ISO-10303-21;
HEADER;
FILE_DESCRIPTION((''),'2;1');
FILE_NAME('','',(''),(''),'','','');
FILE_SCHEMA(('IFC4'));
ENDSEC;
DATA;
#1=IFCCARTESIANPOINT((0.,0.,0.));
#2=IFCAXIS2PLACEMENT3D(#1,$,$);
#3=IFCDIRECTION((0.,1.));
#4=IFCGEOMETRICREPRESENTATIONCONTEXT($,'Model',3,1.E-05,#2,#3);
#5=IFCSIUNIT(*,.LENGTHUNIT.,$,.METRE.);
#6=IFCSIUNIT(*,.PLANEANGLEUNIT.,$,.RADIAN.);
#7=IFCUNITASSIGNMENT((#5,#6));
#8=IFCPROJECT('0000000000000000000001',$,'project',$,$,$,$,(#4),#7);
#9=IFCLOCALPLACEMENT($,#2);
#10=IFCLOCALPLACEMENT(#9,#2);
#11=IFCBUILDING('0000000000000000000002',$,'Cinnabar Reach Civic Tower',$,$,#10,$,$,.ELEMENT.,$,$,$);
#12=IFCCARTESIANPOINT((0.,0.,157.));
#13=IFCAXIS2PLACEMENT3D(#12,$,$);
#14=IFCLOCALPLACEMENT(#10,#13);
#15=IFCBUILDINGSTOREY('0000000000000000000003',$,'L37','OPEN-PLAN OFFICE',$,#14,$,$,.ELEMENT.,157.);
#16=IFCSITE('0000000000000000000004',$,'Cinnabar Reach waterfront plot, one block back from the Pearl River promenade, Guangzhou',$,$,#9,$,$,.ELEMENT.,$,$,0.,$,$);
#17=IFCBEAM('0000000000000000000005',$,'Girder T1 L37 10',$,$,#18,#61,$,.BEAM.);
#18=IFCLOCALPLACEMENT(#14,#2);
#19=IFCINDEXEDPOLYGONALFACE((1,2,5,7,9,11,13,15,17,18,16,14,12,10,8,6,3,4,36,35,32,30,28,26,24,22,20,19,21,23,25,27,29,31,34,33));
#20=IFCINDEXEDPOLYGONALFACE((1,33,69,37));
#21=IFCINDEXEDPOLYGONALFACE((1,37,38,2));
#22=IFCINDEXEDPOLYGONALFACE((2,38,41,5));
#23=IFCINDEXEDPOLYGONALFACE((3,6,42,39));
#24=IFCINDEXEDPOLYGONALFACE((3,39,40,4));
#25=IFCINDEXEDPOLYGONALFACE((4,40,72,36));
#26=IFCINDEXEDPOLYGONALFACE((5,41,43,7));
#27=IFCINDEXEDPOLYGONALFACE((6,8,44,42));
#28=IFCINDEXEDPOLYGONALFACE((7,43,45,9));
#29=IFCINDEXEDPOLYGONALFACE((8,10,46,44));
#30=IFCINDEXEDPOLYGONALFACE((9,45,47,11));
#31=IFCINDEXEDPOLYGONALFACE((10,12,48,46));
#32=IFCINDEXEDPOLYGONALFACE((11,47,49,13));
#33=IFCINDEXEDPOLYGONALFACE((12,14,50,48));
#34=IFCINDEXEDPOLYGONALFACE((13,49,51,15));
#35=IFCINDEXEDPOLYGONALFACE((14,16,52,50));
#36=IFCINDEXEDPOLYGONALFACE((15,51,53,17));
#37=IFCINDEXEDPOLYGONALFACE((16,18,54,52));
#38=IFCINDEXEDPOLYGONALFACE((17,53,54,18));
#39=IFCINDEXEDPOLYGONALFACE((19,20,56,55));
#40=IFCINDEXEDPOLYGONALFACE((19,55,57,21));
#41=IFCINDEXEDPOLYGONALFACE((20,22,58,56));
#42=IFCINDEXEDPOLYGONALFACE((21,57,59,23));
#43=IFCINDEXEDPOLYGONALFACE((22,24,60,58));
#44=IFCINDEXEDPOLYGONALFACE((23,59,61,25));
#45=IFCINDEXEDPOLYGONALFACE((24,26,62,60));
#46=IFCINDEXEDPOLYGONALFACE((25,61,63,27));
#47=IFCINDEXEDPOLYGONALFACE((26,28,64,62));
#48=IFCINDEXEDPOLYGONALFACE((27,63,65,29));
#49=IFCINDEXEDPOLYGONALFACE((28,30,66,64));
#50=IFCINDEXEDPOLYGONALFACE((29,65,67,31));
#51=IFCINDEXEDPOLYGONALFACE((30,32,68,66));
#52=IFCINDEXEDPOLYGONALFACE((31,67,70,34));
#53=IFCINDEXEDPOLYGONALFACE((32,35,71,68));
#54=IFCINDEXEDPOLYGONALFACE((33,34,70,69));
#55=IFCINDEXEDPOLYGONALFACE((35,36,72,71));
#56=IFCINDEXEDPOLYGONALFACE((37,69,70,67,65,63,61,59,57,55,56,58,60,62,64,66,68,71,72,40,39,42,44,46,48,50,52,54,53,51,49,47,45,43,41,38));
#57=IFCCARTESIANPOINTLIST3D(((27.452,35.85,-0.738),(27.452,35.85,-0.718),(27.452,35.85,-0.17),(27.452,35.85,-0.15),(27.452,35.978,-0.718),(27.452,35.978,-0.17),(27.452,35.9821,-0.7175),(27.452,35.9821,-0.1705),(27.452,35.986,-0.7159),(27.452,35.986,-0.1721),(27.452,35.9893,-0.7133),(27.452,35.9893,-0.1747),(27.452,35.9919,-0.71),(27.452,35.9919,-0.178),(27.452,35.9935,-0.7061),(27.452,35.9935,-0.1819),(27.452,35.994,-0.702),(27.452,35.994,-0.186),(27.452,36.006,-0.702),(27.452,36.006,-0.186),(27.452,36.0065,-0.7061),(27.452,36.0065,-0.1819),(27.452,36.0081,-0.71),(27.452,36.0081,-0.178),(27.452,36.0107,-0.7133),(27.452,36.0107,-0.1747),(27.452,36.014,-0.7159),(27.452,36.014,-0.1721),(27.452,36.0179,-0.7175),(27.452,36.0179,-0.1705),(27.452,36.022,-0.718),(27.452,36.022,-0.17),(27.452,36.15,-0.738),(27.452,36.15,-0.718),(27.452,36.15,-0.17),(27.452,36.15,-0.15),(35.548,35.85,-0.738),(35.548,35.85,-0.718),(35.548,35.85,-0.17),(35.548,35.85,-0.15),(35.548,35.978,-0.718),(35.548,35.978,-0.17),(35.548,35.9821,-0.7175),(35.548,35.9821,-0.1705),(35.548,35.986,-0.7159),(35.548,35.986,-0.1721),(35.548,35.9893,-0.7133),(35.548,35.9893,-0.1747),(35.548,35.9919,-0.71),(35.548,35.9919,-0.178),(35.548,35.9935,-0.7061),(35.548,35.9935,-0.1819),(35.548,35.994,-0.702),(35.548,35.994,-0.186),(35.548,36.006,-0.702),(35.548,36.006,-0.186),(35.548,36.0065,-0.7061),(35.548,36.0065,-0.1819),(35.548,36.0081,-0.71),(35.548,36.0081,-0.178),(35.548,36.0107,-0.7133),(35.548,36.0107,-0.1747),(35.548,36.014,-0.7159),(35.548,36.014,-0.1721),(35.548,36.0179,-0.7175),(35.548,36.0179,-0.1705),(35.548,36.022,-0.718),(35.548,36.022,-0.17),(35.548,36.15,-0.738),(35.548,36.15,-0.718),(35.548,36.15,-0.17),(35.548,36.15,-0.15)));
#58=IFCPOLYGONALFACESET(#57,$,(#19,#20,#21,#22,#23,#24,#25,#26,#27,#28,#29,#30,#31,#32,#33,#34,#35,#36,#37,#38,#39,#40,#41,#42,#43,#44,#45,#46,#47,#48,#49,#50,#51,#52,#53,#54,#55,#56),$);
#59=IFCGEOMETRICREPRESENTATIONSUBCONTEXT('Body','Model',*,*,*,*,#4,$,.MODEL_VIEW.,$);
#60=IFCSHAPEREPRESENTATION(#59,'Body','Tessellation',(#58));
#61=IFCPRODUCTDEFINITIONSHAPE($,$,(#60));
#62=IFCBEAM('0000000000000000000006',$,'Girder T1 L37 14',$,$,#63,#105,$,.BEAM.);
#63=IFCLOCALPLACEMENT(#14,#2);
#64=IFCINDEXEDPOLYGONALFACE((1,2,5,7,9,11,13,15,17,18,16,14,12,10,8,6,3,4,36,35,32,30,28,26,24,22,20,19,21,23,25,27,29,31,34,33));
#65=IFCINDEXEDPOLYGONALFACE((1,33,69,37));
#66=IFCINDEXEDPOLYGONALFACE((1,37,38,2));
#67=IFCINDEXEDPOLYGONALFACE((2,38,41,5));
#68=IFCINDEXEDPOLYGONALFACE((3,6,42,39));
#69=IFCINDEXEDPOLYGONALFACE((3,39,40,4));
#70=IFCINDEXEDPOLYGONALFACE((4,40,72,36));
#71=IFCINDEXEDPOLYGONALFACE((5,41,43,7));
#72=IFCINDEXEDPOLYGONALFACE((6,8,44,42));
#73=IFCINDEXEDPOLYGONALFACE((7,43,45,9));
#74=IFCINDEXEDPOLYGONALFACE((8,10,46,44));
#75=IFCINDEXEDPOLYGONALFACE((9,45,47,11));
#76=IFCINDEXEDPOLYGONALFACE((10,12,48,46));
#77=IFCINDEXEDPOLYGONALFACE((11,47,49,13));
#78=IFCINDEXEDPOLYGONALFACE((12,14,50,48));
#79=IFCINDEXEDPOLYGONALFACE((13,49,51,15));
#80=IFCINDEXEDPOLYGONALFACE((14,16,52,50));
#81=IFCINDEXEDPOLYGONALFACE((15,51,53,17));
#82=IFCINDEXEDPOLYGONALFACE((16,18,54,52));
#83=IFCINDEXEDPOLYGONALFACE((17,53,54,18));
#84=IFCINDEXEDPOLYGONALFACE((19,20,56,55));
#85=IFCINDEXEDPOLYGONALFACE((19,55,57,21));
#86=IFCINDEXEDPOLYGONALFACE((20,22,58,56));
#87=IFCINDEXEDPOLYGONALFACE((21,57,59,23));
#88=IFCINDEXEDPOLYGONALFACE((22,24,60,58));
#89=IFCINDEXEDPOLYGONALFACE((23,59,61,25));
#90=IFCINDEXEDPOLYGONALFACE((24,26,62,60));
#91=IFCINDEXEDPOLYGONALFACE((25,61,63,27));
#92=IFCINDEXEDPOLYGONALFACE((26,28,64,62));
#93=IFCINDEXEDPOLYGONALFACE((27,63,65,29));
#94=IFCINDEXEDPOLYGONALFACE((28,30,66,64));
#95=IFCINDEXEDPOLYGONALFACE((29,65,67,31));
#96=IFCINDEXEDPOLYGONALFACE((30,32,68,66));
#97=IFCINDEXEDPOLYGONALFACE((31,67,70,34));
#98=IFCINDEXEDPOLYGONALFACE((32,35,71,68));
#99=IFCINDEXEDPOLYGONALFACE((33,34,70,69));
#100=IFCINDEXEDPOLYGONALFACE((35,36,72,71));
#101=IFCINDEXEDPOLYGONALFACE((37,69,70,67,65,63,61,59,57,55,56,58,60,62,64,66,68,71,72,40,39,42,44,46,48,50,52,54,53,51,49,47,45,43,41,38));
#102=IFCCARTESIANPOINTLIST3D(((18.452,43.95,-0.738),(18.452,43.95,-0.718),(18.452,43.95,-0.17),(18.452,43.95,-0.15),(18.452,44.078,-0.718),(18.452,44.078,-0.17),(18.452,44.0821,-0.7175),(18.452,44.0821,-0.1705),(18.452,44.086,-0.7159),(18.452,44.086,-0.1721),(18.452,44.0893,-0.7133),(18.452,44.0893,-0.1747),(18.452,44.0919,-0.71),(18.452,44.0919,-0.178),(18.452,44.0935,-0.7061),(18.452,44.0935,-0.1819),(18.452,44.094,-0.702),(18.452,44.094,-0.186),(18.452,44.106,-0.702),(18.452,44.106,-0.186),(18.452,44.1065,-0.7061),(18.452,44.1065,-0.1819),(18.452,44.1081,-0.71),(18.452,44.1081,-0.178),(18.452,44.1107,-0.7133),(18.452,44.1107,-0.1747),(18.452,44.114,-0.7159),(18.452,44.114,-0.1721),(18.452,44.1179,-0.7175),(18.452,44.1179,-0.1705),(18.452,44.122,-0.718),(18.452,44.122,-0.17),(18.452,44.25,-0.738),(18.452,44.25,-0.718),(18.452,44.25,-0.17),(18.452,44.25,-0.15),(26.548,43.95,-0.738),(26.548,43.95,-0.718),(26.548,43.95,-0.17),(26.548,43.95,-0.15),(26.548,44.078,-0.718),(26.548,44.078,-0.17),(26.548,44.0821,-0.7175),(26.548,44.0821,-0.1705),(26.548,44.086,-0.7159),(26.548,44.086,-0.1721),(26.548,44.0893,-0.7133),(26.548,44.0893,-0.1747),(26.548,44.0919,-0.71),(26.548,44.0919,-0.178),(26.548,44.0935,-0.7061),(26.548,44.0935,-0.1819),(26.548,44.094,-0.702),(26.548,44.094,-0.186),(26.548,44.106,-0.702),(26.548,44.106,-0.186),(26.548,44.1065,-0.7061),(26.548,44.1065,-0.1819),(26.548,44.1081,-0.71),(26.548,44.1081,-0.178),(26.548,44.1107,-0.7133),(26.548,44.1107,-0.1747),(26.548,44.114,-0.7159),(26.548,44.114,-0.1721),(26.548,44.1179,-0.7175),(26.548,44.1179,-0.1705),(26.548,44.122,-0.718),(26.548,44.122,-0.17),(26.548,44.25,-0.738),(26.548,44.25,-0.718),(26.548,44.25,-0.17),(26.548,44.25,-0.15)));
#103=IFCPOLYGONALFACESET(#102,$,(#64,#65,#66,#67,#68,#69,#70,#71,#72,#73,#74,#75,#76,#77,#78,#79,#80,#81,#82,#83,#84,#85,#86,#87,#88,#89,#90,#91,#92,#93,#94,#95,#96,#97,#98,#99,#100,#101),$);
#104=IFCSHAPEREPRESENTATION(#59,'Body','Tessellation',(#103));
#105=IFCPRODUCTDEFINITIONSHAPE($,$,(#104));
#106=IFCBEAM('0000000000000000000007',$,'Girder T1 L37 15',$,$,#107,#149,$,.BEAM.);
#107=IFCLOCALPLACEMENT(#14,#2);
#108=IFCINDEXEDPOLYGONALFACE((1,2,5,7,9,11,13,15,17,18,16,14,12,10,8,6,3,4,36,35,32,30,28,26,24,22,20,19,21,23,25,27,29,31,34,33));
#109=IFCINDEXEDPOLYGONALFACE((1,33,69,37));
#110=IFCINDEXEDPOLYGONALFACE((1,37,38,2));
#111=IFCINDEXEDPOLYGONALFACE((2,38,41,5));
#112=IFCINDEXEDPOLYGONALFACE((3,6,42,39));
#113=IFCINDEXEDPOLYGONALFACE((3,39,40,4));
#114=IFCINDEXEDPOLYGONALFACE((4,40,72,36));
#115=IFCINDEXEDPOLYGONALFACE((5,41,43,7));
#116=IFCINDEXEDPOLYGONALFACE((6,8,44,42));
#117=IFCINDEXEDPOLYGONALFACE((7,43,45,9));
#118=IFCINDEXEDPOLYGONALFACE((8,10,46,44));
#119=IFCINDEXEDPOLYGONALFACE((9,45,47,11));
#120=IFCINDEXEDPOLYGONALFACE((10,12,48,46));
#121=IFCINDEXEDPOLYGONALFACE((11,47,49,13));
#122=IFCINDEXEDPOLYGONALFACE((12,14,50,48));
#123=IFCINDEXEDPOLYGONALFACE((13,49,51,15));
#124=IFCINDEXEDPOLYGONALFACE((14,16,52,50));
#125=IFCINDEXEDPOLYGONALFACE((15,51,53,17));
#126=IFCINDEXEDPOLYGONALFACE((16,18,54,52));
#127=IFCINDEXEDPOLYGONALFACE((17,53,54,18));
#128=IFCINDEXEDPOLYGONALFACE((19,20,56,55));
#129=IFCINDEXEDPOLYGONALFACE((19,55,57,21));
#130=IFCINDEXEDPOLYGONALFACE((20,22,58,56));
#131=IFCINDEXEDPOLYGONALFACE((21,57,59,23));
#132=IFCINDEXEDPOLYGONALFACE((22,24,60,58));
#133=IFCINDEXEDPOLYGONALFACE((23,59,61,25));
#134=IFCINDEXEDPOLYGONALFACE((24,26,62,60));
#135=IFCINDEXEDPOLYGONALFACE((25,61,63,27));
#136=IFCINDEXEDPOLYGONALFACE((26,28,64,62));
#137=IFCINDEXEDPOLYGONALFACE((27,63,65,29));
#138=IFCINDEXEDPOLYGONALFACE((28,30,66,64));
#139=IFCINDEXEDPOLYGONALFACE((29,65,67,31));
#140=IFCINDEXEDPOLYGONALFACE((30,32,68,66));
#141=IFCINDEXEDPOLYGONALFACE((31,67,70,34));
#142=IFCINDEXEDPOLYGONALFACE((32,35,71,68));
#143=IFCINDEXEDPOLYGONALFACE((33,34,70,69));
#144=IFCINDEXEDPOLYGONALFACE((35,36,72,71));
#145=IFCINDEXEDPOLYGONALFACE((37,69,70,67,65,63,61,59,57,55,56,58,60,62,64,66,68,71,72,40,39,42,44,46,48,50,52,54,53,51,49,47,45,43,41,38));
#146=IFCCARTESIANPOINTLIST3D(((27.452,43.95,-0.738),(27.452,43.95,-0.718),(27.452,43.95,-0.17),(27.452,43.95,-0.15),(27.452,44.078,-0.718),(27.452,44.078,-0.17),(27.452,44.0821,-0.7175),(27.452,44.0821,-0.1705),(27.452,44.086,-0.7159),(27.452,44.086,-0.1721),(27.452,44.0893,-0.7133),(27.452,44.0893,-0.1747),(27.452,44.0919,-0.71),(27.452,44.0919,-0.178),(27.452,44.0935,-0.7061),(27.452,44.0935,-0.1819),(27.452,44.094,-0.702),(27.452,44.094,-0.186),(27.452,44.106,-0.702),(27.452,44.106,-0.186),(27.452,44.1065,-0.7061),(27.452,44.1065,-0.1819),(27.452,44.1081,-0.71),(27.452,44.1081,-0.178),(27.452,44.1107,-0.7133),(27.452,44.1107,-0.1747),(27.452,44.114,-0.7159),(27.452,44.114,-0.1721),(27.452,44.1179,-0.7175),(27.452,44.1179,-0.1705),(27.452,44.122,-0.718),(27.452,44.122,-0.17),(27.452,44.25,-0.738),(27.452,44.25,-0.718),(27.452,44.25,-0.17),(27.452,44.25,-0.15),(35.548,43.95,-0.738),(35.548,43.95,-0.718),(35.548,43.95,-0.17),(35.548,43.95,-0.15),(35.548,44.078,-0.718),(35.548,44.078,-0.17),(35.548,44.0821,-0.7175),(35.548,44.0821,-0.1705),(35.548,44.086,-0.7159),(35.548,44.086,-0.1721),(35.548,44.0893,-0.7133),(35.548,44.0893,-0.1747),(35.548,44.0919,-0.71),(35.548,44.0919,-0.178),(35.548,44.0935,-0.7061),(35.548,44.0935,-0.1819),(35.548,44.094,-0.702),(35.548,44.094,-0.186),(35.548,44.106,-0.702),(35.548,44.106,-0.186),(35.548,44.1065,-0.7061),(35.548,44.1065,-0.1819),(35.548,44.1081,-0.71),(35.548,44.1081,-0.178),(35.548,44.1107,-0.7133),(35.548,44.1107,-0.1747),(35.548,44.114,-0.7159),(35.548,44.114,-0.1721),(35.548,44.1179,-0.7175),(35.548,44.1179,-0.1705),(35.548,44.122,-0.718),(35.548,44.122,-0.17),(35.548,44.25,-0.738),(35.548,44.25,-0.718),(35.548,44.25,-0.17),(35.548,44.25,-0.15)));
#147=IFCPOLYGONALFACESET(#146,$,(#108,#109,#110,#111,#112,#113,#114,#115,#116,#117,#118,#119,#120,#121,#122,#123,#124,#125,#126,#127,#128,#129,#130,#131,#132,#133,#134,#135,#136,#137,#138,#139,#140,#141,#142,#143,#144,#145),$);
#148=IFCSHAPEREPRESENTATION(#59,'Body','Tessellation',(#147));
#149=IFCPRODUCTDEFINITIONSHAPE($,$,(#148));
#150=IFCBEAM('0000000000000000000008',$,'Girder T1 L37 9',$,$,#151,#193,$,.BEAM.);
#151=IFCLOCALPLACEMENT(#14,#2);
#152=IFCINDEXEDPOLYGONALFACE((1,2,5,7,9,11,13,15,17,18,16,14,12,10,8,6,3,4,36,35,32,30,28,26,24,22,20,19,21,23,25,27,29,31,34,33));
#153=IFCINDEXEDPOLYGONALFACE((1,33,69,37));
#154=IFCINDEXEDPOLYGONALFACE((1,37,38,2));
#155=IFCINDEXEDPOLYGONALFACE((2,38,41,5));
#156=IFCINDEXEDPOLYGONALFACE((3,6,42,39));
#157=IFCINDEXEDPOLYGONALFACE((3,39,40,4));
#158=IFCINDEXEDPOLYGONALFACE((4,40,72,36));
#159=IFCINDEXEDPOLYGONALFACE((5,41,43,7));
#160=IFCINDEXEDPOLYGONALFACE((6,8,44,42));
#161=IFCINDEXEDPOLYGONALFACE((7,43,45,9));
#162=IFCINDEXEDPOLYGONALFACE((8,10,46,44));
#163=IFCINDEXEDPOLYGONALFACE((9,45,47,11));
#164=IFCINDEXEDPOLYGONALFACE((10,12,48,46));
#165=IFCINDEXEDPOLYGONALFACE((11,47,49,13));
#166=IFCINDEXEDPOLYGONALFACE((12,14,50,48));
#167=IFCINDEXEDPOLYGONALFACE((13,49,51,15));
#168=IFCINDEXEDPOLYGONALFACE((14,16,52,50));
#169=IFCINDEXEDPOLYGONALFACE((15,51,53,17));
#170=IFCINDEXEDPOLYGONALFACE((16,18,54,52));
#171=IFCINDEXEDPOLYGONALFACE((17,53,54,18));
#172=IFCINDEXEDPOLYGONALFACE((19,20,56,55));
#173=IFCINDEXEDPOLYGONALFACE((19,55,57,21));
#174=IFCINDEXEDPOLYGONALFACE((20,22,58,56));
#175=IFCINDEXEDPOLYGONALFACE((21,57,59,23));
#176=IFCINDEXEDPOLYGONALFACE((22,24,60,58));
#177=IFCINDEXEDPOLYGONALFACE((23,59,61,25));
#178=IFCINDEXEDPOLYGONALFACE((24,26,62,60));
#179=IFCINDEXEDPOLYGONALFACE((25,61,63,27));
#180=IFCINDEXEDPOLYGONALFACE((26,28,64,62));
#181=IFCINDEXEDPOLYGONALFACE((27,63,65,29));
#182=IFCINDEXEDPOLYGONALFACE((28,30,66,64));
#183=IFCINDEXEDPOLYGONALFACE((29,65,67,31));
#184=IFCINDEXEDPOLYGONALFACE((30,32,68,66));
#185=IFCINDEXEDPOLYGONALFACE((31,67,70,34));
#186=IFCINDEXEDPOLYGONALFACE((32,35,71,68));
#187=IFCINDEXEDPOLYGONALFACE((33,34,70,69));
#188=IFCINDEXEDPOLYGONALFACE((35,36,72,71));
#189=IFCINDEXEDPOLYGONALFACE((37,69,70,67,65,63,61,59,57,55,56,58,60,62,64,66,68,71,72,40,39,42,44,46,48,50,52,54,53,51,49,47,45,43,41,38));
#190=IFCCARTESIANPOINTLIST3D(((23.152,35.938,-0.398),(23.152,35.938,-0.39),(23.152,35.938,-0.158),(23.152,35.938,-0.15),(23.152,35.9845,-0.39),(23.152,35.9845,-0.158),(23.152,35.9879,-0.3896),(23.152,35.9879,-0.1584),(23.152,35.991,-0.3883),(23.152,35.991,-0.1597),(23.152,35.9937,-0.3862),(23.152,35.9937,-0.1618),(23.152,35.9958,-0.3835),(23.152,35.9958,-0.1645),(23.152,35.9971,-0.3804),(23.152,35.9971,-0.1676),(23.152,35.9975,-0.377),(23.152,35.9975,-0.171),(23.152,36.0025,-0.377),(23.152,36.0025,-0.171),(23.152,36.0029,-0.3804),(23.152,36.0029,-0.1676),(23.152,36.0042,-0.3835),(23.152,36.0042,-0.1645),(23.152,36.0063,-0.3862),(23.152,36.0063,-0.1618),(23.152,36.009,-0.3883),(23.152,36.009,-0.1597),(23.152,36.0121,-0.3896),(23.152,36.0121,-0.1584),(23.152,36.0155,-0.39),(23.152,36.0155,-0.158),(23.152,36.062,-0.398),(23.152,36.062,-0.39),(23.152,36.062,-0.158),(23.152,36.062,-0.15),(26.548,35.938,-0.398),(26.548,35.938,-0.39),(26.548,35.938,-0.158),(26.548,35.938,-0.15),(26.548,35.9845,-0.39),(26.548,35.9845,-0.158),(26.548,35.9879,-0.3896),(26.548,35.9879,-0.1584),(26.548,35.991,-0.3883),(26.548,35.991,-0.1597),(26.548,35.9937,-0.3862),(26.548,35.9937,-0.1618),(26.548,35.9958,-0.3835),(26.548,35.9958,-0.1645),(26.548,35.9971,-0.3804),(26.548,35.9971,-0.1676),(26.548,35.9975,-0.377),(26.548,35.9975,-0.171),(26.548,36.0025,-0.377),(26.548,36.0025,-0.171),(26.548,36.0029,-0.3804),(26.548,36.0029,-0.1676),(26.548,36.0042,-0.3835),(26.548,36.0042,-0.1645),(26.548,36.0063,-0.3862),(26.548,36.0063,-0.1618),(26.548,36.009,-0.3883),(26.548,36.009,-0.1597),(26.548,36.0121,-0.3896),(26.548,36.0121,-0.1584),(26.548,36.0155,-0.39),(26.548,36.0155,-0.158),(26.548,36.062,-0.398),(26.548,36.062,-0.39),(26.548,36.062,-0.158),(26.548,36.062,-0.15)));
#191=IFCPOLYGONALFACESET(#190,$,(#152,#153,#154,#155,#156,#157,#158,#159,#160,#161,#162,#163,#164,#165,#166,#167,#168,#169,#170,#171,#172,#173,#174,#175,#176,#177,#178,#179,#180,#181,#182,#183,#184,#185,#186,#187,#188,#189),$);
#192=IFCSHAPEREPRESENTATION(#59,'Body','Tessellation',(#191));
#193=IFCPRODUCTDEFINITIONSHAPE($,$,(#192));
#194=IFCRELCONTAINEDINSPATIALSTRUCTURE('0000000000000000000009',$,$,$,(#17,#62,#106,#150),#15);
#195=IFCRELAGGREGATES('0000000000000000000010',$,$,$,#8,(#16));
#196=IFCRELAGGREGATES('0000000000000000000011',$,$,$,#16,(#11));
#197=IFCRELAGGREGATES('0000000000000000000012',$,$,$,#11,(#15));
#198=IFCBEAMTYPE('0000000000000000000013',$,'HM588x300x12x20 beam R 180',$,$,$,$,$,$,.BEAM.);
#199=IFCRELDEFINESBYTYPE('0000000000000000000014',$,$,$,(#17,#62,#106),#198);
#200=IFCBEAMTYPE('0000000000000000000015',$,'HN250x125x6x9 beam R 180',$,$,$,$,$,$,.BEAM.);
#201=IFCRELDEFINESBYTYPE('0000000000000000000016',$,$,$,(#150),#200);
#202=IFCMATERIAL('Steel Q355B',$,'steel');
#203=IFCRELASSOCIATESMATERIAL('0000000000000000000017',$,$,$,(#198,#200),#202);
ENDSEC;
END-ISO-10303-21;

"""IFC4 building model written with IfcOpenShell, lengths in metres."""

from ifc_helpers import new_model, si_unit, direction, frame, origin, origin_2d, place, context, subcontext, project, spatial, i_section, extrude, material, material_profile, profile_set, type_object, element, save


model = new_model("IFC4")

# Units and contexts
model_context = context("Model", 3, precision=1e-05, world=origin(), true_north=direction((0.0, 1.0)))
body_context = subcontext(model_context, "Body", "Model", "MODEL_VIEW")
ifc_project = project(units=[si_unit("LENGTHUNIT", "METRE"), si_unit("PLANEANGLEUNIT", "RADIAN")], contexts=[model_context])

# Site, building, storey
site_placement = place(None, origin())
site = spatial("IfcSite", under=ifc_project, at=site_placement, Name="Cinnabar Reach waterfront plot, one block back from the Pearl River promenade, Guangzhou", CompositionType="ELEMENT", RefElevation=0.0)
building_placement = place(site_placement, origin())
building = spatial("IfcBuilding", under=site, at=building_placement, Name="Cinnabar Reach Civic Tower", CompositionType="ELEMENT")
storey_placement = place(building_placement, frame((0.0, 0.0, 157.0)))
storey = spatial("IfcBuildingStorey", under=building, at=storey_placement, Name="L37", Description="OPEN-PLAN OFFICE", CompositionType="ELEMENT", Elevation=157.0)

# Beams
ifc_material_1 = material(Name="Steel Q355B", Category="steel")
ifc_material_profile_1 = material_profile(ifc_material_1, i_section(OverallWidth=0.3, OverallDepth=0.588, WebThickness=0.012, FlangeThickness=0.02, FilletRadius=0.016, at=origin_2d()), Name="HM588x300x12x20")
ifc_profile_set_1 = profile_set([ifc_material_profile_1], Name="Steel Q355B")
beam_type_1 = type_object("IfcBeamType", Name="HM588x300x12x20 beam R 180", PredefinedType="BEAM", material=ifc_profile_set_1)
for number, where, z_axis, x_axis, name in (
    (1, (27.452, 36.0, -0.444), (1.0, 0.0, 0.0), (0.0, 1.0, 0.0), "Girder T1 L37 10"),
    (2, (18.452, 44.1, -0.444), (1.0, 0.0, 0.0), (0.0, 1.0, 0.0), "Girder T1 L37 14"),
    (3, (27.452, 44.1, -0.444), (1.0, 0.0, 0.0), (0.0, 1.0, 0.0), "Girder T1 L37 15"),
):
    element("IfcBeam", number, at=place(storey_placement, frame(where, z_axis=z_axis, x_axis=x_axis)), inside=storey, type_object=beam_type_1, Name=name, PredefinedType="BEAM", context=body_context, shape_type="SweptSolid", body=[
        extrude(i_section(OverallWidth=0.3, OverallDepth=0.588, WebThickness=0.012, FlangeThickness=0.02, FilletRadius=0.016, at=origin_2d()), origin(), (0.0, 0.0, 1.0), 8.096),
    ])
ifc_material_profile_2 = material_profile(ifc_material_1, i_section(OverallWidth=0.124, OverallDepth=0.248, WebThickness=0.005, FlangeThickness=0.008, FilletRadius=0.013, at=origin_2d()), Name="HN250x125x6x9")
ifc_profile_set_2 = profile_set([ifc_material_profile_2], Name="Steel Q355B")
beam_type_2 = type_object("IfcBeamType", Name="HN250x125x6x9 beam R 180", PredefinedType="BEAM", material=ifc_profile_set_2)
beam_1_placement = place(storey_placement, frame((23.152, 36.0, -0.274), z_axis=(1.0, 0.0, 0.0), x_axis=(0.0, 1.0, 0.0)))
element("IfcBeam", 4, at=beam_1_placement, inside=storey, type_object=beam_type_2, Name="Girder T1 L37 9", PredefinedType="BEAM", context=body_context, shape_type="SweptSolid", body=[
    extrude(i_section(OverallWidth=0.124, OverallDepth=0.248, WebThickness=0.005, FlangeThickness=0.008, FilletRadius=0.013, at=origin_2d()), origin(), (0.0, 0.0, 1.0), 3.396),
])

save(model, "model.ifc")
